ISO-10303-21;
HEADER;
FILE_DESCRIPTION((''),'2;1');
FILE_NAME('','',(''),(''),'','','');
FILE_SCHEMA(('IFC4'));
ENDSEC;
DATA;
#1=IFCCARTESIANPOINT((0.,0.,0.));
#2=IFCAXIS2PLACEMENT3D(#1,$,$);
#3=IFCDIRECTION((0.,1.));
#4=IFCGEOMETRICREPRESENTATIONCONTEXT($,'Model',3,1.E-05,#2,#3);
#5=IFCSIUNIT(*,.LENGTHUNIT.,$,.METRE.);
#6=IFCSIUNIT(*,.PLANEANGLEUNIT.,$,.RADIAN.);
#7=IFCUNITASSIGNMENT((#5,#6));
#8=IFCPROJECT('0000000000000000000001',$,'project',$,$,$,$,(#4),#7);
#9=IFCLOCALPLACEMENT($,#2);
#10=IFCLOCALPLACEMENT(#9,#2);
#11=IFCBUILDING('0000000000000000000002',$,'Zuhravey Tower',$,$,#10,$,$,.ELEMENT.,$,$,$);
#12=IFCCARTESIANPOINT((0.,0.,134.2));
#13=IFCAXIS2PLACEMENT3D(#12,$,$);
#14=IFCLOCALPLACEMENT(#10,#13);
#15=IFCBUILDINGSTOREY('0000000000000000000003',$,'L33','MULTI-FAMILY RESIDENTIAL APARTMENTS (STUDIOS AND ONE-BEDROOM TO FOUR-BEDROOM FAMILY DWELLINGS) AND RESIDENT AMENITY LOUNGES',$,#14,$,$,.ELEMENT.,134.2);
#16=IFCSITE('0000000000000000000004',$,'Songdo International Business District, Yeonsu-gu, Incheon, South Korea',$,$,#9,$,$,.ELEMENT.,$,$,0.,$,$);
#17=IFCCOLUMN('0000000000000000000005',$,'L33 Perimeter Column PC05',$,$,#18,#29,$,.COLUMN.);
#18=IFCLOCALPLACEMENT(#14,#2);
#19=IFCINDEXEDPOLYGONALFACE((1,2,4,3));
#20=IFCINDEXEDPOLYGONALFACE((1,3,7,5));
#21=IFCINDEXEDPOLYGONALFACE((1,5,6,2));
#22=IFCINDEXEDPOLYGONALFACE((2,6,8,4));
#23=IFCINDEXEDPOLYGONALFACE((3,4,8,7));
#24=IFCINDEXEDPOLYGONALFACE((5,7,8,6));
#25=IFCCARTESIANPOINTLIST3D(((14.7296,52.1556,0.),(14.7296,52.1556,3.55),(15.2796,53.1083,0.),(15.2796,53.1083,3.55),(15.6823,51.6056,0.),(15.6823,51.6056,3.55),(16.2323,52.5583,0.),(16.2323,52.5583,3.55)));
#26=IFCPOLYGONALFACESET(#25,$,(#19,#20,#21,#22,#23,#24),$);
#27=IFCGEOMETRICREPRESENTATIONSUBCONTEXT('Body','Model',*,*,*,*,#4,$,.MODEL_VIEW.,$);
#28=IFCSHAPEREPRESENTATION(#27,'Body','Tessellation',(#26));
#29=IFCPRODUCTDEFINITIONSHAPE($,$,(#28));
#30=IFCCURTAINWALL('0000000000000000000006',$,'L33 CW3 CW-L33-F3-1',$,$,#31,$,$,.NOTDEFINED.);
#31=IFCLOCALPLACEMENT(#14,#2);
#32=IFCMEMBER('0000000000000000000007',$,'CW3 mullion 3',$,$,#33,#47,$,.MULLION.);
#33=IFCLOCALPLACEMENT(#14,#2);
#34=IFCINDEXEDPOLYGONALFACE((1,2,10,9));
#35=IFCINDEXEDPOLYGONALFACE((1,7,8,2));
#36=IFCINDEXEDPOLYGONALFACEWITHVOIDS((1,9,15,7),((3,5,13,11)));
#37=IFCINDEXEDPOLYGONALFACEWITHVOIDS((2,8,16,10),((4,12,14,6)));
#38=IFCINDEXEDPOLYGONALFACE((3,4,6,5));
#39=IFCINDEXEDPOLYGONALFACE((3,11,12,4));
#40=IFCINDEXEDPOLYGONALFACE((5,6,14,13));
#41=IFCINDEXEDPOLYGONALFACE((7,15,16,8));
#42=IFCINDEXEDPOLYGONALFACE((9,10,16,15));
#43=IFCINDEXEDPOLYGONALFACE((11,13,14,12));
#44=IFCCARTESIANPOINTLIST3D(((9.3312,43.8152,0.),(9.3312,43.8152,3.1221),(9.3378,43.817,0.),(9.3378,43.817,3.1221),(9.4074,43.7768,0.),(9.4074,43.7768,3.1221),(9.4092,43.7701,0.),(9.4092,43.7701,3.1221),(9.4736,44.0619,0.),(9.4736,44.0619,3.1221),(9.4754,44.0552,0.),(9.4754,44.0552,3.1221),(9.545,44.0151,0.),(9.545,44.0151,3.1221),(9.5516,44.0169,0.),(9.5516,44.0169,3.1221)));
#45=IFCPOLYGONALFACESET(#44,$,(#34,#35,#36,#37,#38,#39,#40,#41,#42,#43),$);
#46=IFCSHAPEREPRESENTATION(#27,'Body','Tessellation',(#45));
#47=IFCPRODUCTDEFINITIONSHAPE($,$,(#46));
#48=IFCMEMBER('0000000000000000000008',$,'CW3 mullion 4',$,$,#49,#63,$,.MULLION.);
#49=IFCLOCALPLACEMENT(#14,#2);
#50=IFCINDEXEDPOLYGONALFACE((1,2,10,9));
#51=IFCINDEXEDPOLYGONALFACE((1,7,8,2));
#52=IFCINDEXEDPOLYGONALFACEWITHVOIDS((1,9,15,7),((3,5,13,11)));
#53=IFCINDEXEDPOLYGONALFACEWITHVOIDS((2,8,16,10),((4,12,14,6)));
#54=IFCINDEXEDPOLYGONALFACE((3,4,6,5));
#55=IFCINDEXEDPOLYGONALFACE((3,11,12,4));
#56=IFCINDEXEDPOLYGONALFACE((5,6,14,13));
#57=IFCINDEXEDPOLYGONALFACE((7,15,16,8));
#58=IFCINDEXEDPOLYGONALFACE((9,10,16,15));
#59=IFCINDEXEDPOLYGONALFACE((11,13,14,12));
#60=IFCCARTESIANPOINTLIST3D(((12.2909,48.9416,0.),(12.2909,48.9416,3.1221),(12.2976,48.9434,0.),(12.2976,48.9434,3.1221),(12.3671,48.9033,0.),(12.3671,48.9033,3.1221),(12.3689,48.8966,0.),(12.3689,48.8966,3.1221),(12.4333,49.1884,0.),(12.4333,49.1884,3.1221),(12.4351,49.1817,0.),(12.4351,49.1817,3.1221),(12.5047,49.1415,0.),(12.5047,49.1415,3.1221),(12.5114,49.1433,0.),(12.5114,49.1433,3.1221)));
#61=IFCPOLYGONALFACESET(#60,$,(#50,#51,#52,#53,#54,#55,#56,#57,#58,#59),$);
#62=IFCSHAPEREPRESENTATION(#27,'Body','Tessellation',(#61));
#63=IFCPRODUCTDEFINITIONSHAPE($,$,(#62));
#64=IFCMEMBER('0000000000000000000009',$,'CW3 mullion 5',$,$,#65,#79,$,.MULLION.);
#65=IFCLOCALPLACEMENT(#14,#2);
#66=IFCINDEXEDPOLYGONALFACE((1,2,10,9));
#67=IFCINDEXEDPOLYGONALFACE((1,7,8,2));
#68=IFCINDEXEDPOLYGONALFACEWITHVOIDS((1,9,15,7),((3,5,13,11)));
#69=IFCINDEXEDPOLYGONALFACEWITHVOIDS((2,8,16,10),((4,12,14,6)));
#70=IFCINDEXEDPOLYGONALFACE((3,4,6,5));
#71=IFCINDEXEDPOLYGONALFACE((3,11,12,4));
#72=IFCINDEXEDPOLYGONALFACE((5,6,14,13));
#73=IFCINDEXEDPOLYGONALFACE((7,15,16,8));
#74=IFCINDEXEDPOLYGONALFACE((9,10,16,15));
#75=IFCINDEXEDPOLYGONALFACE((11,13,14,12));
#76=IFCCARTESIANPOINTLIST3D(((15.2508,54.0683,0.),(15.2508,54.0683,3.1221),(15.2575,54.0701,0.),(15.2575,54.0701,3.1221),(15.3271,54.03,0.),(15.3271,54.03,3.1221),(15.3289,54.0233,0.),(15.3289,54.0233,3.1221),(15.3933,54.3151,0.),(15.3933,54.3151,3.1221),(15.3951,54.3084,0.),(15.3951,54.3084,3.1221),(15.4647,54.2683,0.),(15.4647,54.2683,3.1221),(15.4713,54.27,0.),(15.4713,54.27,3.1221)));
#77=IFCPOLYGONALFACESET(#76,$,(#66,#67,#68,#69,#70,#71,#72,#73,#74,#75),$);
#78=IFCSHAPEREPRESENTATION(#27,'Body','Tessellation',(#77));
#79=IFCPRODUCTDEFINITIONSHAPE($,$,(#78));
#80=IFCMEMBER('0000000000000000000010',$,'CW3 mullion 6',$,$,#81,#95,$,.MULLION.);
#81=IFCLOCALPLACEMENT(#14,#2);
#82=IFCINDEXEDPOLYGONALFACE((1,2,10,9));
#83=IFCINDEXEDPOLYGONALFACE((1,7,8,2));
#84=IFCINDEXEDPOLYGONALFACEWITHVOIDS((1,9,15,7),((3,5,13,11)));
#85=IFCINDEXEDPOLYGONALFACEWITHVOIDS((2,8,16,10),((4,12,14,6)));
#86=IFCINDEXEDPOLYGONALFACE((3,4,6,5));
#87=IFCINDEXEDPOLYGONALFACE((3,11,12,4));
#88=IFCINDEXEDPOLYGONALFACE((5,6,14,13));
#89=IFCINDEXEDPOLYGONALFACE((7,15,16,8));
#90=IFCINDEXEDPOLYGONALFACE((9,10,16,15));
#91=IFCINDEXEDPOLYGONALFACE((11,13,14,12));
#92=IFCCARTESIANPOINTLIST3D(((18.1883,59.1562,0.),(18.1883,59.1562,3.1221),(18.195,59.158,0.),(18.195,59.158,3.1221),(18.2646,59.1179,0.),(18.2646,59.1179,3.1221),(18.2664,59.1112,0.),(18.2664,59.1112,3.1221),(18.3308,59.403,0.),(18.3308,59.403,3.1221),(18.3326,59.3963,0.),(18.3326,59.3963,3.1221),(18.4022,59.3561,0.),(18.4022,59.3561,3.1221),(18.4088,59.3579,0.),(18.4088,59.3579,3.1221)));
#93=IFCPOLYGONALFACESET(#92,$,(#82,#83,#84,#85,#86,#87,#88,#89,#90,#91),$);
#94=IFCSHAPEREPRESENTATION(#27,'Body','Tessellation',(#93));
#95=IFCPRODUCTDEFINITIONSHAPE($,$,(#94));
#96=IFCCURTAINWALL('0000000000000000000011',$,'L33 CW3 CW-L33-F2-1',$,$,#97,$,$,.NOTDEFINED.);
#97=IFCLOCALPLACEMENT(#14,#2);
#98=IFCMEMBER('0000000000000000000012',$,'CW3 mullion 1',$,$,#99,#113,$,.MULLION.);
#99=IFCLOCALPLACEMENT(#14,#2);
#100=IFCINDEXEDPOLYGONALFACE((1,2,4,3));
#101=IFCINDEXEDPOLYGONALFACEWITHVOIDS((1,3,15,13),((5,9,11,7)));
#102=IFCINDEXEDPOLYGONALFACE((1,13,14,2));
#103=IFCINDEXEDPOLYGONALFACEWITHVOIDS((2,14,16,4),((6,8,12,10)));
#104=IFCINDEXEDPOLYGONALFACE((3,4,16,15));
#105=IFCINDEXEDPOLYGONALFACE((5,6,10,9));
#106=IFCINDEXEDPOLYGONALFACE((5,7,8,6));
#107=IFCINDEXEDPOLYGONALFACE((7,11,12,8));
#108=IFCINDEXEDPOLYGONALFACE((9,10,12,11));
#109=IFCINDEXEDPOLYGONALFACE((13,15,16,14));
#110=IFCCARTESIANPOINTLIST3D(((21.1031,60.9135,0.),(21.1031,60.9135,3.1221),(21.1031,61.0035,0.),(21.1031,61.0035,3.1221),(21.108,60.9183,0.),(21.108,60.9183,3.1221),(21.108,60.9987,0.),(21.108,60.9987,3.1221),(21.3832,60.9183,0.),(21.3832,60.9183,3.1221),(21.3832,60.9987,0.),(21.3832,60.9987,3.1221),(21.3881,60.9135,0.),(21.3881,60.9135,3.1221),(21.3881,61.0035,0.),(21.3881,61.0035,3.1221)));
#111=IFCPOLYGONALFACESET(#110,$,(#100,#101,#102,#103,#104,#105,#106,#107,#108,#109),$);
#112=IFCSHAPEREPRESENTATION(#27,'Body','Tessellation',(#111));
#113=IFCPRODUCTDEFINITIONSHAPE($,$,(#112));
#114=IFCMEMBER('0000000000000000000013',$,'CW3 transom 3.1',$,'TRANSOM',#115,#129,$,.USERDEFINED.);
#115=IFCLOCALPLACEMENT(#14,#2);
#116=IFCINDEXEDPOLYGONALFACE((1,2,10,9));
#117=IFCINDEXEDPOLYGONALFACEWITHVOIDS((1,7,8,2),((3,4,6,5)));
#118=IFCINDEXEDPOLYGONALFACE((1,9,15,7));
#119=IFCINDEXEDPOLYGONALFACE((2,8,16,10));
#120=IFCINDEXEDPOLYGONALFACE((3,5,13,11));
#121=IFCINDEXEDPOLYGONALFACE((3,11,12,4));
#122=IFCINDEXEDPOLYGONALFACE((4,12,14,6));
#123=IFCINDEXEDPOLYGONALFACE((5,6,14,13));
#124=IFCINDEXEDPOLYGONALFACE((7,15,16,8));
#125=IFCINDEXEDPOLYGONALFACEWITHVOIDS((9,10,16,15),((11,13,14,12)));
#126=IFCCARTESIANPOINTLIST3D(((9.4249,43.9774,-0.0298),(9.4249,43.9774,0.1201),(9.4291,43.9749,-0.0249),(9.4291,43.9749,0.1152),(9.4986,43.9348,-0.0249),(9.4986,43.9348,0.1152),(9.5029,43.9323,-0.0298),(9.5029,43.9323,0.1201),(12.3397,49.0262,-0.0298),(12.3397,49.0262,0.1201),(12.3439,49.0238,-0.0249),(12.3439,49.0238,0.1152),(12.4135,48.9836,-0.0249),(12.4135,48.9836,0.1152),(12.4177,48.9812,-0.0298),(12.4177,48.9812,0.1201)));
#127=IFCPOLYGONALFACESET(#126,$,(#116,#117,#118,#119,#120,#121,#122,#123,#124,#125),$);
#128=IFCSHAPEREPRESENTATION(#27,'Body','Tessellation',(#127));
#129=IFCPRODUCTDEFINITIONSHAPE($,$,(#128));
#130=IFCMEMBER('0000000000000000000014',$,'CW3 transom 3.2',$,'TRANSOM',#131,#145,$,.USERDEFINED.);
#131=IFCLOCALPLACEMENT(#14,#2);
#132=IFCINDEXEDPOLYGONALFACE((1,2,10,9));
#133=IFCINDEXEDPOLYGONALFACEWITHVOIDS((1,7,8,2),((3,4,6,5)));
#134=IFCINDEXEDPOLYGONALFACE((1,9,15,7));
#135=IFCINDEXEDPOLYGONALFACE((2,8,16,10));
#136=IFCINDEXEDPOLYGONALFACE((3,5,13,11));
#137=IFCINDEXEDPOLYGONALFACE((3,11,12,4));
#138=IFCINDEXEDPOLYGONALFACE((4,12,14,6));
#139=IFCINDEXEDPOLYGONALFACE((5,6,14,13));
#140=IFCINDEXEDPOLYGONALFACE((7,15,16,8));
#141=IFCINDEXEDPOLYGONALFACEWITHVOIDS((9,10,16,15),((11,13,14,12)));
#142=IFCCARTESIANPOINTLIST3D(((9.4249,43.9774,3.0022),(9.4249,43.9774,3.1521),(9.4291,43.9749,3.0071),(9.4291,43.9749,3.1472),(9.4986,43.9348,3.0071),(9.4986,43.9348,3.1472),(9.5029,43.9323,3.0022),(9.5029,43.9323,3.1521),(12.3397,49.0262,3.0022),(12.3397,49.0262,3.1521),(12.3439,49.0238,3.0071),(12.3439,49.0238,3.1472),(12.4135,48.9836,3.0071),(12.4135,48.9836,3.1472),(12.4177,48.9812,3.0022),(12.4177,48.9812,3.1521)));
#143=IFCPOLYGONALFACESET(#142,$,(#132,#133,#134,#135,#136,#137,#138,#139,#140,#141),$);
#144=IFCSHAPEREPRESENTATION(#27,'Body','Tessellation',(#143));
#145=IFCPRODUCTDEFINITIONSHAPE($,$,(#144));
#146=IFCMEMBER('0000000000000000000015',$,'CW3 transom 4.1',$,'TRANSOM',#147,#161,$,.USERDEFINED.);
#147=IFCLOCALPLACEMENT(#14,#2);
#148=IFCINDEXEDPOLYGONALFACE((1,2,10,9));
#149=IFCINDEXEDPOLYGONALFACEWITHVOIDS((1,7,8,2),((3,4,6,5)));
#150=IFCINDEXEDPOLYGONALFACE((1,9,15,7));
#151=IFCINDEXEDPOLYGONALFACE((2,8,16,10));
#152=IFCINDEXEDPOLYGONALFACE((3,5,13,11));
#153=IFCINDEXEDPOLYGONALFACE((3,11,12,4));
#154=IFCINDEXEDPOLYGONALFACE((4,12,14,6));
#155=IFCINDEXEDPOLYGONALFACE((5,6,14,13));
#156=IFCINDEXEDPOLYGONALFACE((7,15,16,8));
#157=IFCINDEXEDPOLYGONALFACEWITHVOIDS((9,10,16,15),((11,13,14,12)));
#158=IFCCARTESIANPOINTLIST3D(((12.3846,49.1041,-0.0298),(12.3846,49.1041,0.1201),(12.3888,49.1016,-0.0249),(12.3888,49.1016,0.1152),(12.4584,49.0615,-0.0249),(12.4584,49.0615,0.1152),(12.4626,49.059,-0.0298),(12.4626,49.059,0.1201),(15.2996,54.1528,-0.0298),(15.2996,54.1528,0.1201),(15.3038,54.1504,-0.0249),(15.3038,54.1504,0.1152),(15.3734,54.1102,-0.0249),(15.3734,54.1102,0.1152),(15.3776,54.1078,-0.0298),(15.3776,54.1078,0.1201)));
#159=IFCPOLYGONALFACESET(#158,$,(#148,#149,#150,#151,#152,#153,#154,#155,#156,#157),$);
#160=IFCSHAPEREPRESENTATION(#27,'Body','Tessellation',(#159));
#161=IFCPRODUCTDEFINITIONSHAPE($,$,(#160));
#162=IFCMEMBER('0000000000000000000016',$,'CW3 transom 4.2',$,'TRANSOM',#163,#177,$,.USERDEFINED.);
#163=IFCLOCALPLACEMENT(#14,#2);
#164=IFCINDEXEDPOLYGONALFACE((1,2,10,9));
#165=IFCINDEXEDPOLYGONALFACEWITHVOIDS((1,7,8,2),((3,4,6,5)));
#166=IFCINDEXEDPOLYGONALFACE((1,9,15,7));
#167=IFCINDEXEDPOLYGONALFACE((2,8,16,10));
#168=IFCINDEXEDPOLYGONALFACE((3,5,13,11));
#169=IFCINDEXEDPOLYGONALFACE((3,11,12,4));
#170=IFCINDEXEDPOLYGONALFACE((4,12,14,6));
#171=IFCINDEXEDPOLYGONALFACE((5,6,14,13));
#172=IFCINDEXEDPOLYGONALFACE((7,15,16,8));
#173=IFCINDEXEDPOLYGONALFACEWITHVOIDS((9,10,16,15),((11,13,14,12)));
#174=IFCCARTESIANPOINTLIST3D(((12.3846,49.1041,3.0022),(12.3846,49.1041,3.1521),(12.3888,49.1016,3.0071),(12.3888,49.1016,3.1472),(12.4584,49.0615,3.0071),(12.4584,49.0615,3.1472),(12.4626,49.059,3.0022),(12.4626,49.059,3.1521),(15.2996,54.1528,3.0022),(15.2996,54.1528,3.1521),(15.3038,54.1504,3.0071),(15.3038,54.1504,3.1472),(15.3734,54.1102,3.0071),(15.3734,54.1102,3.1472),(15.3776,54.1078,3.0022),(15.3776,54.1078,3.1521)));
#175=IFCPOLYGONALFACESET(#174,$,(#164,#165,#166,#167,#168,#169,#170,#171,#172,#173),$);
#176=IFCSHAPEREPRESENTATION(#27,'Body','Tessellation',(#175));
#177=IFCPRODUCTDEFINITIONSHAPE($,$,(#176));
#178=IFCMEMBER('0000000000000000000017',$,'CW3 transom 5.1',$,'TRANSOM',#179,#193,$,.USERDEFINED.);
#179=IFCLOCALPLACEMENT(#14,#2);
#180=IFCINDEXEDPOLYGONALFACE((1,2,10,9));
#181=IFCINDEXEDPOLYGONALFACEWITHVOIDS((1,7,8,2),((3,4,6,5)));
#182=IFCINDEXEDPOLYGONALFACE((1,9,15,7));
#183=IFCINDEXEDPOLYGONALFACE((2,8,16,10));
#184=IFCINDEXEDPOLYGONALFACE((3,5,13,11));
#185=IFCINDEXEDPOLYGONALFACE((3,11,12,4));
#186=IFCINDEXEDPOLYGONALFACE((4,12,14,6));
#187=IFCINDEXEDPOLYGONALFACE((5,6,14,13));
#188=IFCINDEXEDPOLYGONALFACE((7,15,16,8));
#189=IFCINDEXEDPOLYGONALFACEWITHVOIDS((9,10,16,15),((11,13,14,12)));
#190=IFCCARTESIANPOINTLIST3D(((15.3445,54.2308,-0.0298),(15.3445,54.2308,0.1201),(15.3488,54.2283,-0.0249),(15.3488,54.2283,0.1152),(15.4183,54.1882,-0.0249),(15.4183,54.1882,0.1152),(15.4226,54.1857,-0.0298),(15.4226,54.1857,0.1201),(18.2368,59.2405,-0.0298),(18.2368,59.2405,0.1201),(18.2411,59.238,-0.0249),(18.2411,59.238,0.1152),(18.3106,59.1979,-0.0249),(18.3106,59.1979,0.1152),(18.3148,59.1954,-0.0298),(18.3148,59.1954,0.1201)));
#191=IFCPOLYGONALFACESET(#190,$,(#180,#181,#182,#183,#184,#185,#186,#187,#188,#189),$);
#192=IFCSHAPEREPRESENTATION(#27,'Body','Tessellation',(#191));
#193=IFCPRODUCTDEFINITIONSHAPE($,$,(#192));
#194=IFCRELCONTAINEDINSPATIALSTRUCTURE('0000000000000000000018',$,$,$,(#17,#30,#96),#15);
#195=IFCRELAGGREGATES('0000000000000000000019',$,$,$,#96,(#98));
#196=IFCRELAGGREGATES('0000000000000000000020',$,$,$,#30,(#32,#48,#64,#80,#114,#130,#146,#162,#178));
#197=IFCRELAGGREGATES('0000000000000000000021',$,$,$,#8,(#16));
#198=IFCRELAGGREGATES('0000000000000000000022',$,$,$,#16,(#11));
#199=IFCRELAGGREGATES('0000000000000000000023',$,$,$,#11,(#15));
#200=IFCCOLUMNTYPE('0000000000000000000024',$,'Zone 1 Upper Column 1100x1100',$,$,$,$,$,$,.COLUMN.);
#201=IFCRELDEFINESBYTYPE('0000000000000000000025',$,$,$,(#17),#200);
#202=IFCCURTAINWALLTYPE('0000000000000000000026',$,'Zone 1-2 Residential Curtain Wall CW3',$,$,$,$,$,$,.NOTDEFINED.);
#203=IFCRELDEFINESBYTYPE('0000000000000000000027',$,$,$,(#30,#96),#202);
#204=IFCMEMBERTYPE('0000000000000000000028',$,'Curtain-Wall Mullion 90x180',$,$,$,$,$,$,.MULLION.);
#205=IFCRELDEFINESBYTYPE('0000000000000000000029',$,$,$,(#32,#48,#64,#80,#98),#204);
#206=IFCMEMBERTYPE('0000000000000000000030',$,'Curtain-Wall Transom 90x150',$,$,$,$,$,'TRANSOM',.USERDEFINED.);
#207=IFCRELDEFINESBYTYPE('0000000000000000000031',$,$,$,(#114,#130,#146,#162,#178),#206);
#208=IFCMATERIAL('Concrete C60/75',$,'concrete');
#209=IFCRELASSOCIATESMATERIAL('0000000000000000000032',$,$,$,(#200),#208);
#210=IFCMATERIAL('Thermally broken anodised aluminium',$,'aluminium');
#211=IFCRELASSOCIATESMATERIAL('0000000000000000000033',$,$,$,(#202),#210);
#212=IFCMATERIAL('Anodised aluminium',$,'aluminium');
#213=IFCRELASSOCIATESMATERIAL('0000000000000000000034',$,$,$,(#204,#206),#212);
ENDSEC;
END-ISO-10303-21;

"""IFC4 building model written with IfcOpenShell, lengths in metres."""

from ifc_helpers import new_model, si_unit, direction, frame, origin, origin_2d, place, context, subcontext, project, spatial, rectangle, hollow_rectangle, extrude, material, material_profile, profile_set, type_object, element, aggregate, save


model = new_model("IFC4")

# Units and contexts
model_context = context("Model", 3, precision=1e-05, world=origin(), true_north=direction((0.0, 1.0)))
body_context = subcontext(model_context, "Body", "Model", "MODEL_VIEW")
ifc_project = project(units=[si_unit("LENGTHUNIT", "METRE"), si_unit("PLANEANGLEUNIT", "RADIAN")], contexts=[model_context])

# Site, building, storey
site_placement = place(None, origin())
site = spatial("IfcSite", under=ifc_project, at=site_placement, Name="Songdo International Business District, Yeonsu-gu, Incheon, South Korea", CompositionType="ELEMENT", RefElevation=0.0)
building_placement = place(site_placement, origin())
building = spatial("IfcBuilding", under=site, at=building_placement, Name="Zuhravey Tower", CompositionType="ELEMENT")
storey_placement = place(building_placement, frame((0.0, 0.0, 134.2)))
storey = spatial("IfcBuildingStorey", under=building, at=storey_placement, Name="L33", Description="MULTI-FAMILY RESIDENTIAL APARTMENTS (STUDIOS AND ONE-BEDROOM TO FOUR-BEDROOM FAMILY DWELLINGS) AND RESIDENT AMENITY LOUNGES", CompositionType="ELEMENT", Elevation=134.2)

# Column
ifc_material_1 = material(Name="Concrete C60/75", Category="concrete")
ifc_material_profile_1 = material_profile(ifc_material_1, rectangle(XDim=1.1001, YDim=1.1001, at=origin_2d()), Name="RC-1100x1100")
ifc_profile_set_1 = profile_set([ifc_material_profile_1], Name="Concrete C60/75")
column_type = type_object("IfcColumnType", Name="Zone 1 Upper Column 1100x1100", PredefinedType="COLUMN", material=ifc_profile_set_1)
column_placement = place(storey_placement, frame((15.481, 52.3569, 0.0), z_axis=(0.0, 0.0, 1.0), x_axis=(-0.5, -0.866025, 0.0)))
element("IfcColumn", 1, at=column_placement, inside=storey, type_object=column_type, Name="L33 Perimeter Column PC05", PredefinedType="COLUMN", context=body_context, shape_type="SweptSolid", body=[
    extrude(rectangle(XDim=1.1001, YDim=1.1001, at=origin_2d()), origin(), (0.0, 0.0, 1.0), 3.55),
])

# Curtain wall, members
ifc_material_2 = material(Name="Thermally broken anodised aluminium", Category="aluminium")
curtain_wall_type = type_object("IfcCurtainWallType", Name="Zone 1-2 Residential Curtain Wall CW3", PredefinedType="NOTDEFINED", material=ifc_material_2)
curtain_wall_1_placement = place(storey_placement, origin())
curtain_wall_1 = element("IfcCurtainWall", 2, at=curtain_wall_1_placement, inside=storey, type_object=curtain_wall_type, Name="L33 CW3 CW-L33-F3-1", PredefinedType="NOTDEFINED")
ifc_material_3 = material(Name="Anodised aluminium", Category="aluminium")
ifc_material_profile_2 = material_profile(ifc_material_3, hollow_rectangle(XDim=0.0901, YDim=0.2849, WallThickness=0.0049, at=origin_2d()), Name="ALU-RHS-90x285x5")
ifc_profile_set_2 = profile_set([ifc_material_profile_2], Name="Anodised aluminium")
member_type_1 = type_object("IfcMemberType", Name="Curtain-Wall Mullion 90x180", PredefinedType="MULLION", material=ifc_profile_set_2)
member_1_placement = place(storey_placement, frame((9.4414, 43.916, 0.0), z_axis=(0.0, 0.0, 1.0), x_axis=(-0.866026, 0.5, 0.0)))
member_1 = element("IfcMember", 3, at=member_1_placement, type_object=member_type_1, Name="CW3 mullion 3", PredefinedType="MULLION", context=body_context, shape_type="SweptSolid", body=[
    extrude(hollow_rectangle(XDim=0.0901, YDim=0.2849, WallThickness=0.0049, at=origin_2d()), origin(), (0.0, 0.0, 1.0), 3.1221),
])
member_2_placement = place(storey_placement, frame((12.4011, 49.0425, 0.0), z_axis=(0.0, 0.0, 1.0), x_axis=(-0.866026, 0.5, 0.0)))
member_2 = element("IfcMember", 4, at=member_2_placement, type_object=member_type_1, Name="CW3 mullion 4", PredefinedType="MULLION", context=body_context, shape_type="SweptSolid", body=[
    extrude(hollow_rectangle(XDim=0.0901, YDim=0.2849, WallThickness=0.0049, at=origin_2d()), origin(), (0.0, 0.0, 1.0), 3.1221),
])
member_3_placement = place(storey_placement, frame((15.3611, 54.1692, 0.0), z_axis=(0.0, 0.0, 1.0), x_axis=(-0.866026, 0.5, 0.0)))
member_3 = element("IfcMember", 5, at=member_3_placement, type_object=member_type_1, Name="CW3 mullion 5", PredefinedType="MULLION", context=body_context, shape_type="SweptSolid", body=[
    extrude(hollow_rectangle(XDim=0.0901, YDim=0.2849, WallThickness=0.0049, at=origin_2d()), origin(), (0.0, 0.0, 1.0), 3.1221),
])
member_4_placement = place(storey_placement, frame((18.2986, 59.2571, 0.0), z_axis=(0.0, 0.0, 1.0), x_axis=(-0.866026, 0.5, 0.0)))
member_4 = element("IfcMember", 6, at=member_4_placement, type_object=member_type_1, Name="CW3 mullion 6", PredefinedType="MULLION", context=body_context, shape_type="SweptSolid", body=[
    extrude(hollow_rectangle(XDim=0.0901, YDim=0.2849, WallThickness=0.0049, at=origin_2d()), origin(), (0.0, 0.0, 1.0), 3.1221),
])

# Curtain wall, member
curtain_wall_2_placement = place(storey_placement, origin())
curtain_wall_2 = element("IfcCurtainWall", 7, at=curtain_wall_2_placement, inside=storey, type_object=curtain_wall_type, Name="L33 CW3 CW-L33-F2-1", PredefinedType="NOTDEFINED")
member_5_placement = place(storey_placement, frame((21.2456, 60.9585, 0.0), z_axis=(0.0, 0.0, 1.0), x_axis=(0.0, 1.0, 0.0)))
member_5 = element("IfcMember", 8, at=member_5_placement, type_object=member_type_1, Name="CW3 mullion 1", PredefinedType="MULLION", context=body_context, shape_type="SweptSolid", body=[
    extrude(hollow_rectangle(XDim=0.0901, YDim=0.2849, WallThickness=0.0049, at=origin_2d()), origin(), (0.0, 0.0, 1.0), 3.1221),
])

# Members
ifc_material_profile_3 = material_profile(ifc_material_3, hollow_rectangle(XDim=0.0901, YDim=0.1499, WallThickness=0.0049, at=origin_2d()), Name="ALU-RHS-90x150x5")
ifc_profile_set_3 = profile_set([ifc_material_profile_3], Name="Anodised aluminium")
member_type_2 = type_object("IfcMemberType", Name="Curtain-Wall Transom 90x150", ElementType="TRANSOM", PredefinedType="USERDEFINED", material=ifc_profile_set_3)
member_6_placement = place(storey_placement, frame((9.4639, 43.9548, 0.0452), z_axis=(0.499981, 0.866036, 0.0), x_axis=(-0.866036, 0.499981, 0.0)))
member_6 = element("IfcMember", 9, at=member_6_placement, type_object=member_type_2, Name="CW3 transom 3.1", ObjectType="TRANSOM", PredefinedType="USERDEFINED", context=body_context, shape_type="SweptSolid", body=[
    extrude(hollow_rectangle(XDim=0.0901, YDim=0.1499, WallThickness=0.0049, at=origin_2d()), origin(), (0.0, 0.0, 1.0), 5.8298),
])
member_7_placement = place(storey_placement, frame((9.4639, 43.9548, 3.0771), z_axis=(0.499981, 0.866036, 0.0), x_axis=(-0.866036, 0.499981, 0.0)))
member_7 = element("IfcMember", 10, at=member_7_placement, type_object=member_type_2, Name="CW3 transom 3.2", ObjectType="TRANSOM", PredefinedType="USERDEFINED", context=body_context, shape_type="SweptSolid", body=[
    extrude(hollow_rectangle(XDim=0.0901, YDim=0.1499, WallThickness=0.0049, at=origin_2d()), origin(), (0.0, 0.0, 1.0), 5.8298),
])
member_8_placement = place(storey_placement, frame((12.4236, 49.0815, 0.0452), z_axis=(0.500012, 0.866018, 0.0), x_axis=(-0.866018, 0.500012, 0.0)))
member_8 = element("IfcMember", 11, at=member_8_placement, type_object=member_type_2, Name="CW3 transom 4.1", ObjectType="TRANSOM", PredefinedType="USERDEFINED", context=body_context, shape_type="SweptSolid", body=[
    extrude(hollow_rectangle(XDim=0.0901, YDim=0.1499, WallThickness=0.0049, at=origin_2d()), origin(), (0.0, 0.0, 1.0), 5.8298),
])
member_9_placement = place(storey_placement, frame((12.4236, 49.0815, 3.0771), z_axis=(0.500012, 0.866018, 0.0), x_axis=(-0.866018, 0.500012, 0.0)))
member_9 = element("IfcMember", 12, at=member_9_placement, type_object=member_type_2, Name="CW3 transom 4.2", ObjectType="TRANSOM", PredefinedType="USERDEFINED", context=body_context, shape_type="SweptSolid", body=[
    extrude(hollow_rectangle(XDim=0.0901, YDim=0.1499, WallThickness=0.0049, at=origin_2d()), origin(), (0.0, 0.0, 1.0), 5.8298),
])
member_10_placement = place(storey_placement, frame((15.3835, 54.2083, 0.0452), z_axis=(0.499993, 0.86603, 0.0), x_axis=(-0.86603, 0.499993, 0.0)))
member_10 = element("IfcMember", 13, at=member_10_placement, type_object=member_type_2, Name="CW3 transom 5.1", ObjectType="TRANSOM", PredefinedType="USERDEFINED", context=body_context, shape_type="SweptSolid", body=[
    extrude(hollow_rectangle(XDim=0.0901, YDim=0.1499, WallThickness=0.0049, at=origin_2d()), origin(), (0.0, 0.0, 1.0), 5.7847),
])
aggregate(curtain_wall_2, [member_5])

aggregate(curtain_wall_1, [member_1, member_2, member_3, member_4, member_6, member_7, member_8, member_9, member_10])

save(model, "model.ifc")
